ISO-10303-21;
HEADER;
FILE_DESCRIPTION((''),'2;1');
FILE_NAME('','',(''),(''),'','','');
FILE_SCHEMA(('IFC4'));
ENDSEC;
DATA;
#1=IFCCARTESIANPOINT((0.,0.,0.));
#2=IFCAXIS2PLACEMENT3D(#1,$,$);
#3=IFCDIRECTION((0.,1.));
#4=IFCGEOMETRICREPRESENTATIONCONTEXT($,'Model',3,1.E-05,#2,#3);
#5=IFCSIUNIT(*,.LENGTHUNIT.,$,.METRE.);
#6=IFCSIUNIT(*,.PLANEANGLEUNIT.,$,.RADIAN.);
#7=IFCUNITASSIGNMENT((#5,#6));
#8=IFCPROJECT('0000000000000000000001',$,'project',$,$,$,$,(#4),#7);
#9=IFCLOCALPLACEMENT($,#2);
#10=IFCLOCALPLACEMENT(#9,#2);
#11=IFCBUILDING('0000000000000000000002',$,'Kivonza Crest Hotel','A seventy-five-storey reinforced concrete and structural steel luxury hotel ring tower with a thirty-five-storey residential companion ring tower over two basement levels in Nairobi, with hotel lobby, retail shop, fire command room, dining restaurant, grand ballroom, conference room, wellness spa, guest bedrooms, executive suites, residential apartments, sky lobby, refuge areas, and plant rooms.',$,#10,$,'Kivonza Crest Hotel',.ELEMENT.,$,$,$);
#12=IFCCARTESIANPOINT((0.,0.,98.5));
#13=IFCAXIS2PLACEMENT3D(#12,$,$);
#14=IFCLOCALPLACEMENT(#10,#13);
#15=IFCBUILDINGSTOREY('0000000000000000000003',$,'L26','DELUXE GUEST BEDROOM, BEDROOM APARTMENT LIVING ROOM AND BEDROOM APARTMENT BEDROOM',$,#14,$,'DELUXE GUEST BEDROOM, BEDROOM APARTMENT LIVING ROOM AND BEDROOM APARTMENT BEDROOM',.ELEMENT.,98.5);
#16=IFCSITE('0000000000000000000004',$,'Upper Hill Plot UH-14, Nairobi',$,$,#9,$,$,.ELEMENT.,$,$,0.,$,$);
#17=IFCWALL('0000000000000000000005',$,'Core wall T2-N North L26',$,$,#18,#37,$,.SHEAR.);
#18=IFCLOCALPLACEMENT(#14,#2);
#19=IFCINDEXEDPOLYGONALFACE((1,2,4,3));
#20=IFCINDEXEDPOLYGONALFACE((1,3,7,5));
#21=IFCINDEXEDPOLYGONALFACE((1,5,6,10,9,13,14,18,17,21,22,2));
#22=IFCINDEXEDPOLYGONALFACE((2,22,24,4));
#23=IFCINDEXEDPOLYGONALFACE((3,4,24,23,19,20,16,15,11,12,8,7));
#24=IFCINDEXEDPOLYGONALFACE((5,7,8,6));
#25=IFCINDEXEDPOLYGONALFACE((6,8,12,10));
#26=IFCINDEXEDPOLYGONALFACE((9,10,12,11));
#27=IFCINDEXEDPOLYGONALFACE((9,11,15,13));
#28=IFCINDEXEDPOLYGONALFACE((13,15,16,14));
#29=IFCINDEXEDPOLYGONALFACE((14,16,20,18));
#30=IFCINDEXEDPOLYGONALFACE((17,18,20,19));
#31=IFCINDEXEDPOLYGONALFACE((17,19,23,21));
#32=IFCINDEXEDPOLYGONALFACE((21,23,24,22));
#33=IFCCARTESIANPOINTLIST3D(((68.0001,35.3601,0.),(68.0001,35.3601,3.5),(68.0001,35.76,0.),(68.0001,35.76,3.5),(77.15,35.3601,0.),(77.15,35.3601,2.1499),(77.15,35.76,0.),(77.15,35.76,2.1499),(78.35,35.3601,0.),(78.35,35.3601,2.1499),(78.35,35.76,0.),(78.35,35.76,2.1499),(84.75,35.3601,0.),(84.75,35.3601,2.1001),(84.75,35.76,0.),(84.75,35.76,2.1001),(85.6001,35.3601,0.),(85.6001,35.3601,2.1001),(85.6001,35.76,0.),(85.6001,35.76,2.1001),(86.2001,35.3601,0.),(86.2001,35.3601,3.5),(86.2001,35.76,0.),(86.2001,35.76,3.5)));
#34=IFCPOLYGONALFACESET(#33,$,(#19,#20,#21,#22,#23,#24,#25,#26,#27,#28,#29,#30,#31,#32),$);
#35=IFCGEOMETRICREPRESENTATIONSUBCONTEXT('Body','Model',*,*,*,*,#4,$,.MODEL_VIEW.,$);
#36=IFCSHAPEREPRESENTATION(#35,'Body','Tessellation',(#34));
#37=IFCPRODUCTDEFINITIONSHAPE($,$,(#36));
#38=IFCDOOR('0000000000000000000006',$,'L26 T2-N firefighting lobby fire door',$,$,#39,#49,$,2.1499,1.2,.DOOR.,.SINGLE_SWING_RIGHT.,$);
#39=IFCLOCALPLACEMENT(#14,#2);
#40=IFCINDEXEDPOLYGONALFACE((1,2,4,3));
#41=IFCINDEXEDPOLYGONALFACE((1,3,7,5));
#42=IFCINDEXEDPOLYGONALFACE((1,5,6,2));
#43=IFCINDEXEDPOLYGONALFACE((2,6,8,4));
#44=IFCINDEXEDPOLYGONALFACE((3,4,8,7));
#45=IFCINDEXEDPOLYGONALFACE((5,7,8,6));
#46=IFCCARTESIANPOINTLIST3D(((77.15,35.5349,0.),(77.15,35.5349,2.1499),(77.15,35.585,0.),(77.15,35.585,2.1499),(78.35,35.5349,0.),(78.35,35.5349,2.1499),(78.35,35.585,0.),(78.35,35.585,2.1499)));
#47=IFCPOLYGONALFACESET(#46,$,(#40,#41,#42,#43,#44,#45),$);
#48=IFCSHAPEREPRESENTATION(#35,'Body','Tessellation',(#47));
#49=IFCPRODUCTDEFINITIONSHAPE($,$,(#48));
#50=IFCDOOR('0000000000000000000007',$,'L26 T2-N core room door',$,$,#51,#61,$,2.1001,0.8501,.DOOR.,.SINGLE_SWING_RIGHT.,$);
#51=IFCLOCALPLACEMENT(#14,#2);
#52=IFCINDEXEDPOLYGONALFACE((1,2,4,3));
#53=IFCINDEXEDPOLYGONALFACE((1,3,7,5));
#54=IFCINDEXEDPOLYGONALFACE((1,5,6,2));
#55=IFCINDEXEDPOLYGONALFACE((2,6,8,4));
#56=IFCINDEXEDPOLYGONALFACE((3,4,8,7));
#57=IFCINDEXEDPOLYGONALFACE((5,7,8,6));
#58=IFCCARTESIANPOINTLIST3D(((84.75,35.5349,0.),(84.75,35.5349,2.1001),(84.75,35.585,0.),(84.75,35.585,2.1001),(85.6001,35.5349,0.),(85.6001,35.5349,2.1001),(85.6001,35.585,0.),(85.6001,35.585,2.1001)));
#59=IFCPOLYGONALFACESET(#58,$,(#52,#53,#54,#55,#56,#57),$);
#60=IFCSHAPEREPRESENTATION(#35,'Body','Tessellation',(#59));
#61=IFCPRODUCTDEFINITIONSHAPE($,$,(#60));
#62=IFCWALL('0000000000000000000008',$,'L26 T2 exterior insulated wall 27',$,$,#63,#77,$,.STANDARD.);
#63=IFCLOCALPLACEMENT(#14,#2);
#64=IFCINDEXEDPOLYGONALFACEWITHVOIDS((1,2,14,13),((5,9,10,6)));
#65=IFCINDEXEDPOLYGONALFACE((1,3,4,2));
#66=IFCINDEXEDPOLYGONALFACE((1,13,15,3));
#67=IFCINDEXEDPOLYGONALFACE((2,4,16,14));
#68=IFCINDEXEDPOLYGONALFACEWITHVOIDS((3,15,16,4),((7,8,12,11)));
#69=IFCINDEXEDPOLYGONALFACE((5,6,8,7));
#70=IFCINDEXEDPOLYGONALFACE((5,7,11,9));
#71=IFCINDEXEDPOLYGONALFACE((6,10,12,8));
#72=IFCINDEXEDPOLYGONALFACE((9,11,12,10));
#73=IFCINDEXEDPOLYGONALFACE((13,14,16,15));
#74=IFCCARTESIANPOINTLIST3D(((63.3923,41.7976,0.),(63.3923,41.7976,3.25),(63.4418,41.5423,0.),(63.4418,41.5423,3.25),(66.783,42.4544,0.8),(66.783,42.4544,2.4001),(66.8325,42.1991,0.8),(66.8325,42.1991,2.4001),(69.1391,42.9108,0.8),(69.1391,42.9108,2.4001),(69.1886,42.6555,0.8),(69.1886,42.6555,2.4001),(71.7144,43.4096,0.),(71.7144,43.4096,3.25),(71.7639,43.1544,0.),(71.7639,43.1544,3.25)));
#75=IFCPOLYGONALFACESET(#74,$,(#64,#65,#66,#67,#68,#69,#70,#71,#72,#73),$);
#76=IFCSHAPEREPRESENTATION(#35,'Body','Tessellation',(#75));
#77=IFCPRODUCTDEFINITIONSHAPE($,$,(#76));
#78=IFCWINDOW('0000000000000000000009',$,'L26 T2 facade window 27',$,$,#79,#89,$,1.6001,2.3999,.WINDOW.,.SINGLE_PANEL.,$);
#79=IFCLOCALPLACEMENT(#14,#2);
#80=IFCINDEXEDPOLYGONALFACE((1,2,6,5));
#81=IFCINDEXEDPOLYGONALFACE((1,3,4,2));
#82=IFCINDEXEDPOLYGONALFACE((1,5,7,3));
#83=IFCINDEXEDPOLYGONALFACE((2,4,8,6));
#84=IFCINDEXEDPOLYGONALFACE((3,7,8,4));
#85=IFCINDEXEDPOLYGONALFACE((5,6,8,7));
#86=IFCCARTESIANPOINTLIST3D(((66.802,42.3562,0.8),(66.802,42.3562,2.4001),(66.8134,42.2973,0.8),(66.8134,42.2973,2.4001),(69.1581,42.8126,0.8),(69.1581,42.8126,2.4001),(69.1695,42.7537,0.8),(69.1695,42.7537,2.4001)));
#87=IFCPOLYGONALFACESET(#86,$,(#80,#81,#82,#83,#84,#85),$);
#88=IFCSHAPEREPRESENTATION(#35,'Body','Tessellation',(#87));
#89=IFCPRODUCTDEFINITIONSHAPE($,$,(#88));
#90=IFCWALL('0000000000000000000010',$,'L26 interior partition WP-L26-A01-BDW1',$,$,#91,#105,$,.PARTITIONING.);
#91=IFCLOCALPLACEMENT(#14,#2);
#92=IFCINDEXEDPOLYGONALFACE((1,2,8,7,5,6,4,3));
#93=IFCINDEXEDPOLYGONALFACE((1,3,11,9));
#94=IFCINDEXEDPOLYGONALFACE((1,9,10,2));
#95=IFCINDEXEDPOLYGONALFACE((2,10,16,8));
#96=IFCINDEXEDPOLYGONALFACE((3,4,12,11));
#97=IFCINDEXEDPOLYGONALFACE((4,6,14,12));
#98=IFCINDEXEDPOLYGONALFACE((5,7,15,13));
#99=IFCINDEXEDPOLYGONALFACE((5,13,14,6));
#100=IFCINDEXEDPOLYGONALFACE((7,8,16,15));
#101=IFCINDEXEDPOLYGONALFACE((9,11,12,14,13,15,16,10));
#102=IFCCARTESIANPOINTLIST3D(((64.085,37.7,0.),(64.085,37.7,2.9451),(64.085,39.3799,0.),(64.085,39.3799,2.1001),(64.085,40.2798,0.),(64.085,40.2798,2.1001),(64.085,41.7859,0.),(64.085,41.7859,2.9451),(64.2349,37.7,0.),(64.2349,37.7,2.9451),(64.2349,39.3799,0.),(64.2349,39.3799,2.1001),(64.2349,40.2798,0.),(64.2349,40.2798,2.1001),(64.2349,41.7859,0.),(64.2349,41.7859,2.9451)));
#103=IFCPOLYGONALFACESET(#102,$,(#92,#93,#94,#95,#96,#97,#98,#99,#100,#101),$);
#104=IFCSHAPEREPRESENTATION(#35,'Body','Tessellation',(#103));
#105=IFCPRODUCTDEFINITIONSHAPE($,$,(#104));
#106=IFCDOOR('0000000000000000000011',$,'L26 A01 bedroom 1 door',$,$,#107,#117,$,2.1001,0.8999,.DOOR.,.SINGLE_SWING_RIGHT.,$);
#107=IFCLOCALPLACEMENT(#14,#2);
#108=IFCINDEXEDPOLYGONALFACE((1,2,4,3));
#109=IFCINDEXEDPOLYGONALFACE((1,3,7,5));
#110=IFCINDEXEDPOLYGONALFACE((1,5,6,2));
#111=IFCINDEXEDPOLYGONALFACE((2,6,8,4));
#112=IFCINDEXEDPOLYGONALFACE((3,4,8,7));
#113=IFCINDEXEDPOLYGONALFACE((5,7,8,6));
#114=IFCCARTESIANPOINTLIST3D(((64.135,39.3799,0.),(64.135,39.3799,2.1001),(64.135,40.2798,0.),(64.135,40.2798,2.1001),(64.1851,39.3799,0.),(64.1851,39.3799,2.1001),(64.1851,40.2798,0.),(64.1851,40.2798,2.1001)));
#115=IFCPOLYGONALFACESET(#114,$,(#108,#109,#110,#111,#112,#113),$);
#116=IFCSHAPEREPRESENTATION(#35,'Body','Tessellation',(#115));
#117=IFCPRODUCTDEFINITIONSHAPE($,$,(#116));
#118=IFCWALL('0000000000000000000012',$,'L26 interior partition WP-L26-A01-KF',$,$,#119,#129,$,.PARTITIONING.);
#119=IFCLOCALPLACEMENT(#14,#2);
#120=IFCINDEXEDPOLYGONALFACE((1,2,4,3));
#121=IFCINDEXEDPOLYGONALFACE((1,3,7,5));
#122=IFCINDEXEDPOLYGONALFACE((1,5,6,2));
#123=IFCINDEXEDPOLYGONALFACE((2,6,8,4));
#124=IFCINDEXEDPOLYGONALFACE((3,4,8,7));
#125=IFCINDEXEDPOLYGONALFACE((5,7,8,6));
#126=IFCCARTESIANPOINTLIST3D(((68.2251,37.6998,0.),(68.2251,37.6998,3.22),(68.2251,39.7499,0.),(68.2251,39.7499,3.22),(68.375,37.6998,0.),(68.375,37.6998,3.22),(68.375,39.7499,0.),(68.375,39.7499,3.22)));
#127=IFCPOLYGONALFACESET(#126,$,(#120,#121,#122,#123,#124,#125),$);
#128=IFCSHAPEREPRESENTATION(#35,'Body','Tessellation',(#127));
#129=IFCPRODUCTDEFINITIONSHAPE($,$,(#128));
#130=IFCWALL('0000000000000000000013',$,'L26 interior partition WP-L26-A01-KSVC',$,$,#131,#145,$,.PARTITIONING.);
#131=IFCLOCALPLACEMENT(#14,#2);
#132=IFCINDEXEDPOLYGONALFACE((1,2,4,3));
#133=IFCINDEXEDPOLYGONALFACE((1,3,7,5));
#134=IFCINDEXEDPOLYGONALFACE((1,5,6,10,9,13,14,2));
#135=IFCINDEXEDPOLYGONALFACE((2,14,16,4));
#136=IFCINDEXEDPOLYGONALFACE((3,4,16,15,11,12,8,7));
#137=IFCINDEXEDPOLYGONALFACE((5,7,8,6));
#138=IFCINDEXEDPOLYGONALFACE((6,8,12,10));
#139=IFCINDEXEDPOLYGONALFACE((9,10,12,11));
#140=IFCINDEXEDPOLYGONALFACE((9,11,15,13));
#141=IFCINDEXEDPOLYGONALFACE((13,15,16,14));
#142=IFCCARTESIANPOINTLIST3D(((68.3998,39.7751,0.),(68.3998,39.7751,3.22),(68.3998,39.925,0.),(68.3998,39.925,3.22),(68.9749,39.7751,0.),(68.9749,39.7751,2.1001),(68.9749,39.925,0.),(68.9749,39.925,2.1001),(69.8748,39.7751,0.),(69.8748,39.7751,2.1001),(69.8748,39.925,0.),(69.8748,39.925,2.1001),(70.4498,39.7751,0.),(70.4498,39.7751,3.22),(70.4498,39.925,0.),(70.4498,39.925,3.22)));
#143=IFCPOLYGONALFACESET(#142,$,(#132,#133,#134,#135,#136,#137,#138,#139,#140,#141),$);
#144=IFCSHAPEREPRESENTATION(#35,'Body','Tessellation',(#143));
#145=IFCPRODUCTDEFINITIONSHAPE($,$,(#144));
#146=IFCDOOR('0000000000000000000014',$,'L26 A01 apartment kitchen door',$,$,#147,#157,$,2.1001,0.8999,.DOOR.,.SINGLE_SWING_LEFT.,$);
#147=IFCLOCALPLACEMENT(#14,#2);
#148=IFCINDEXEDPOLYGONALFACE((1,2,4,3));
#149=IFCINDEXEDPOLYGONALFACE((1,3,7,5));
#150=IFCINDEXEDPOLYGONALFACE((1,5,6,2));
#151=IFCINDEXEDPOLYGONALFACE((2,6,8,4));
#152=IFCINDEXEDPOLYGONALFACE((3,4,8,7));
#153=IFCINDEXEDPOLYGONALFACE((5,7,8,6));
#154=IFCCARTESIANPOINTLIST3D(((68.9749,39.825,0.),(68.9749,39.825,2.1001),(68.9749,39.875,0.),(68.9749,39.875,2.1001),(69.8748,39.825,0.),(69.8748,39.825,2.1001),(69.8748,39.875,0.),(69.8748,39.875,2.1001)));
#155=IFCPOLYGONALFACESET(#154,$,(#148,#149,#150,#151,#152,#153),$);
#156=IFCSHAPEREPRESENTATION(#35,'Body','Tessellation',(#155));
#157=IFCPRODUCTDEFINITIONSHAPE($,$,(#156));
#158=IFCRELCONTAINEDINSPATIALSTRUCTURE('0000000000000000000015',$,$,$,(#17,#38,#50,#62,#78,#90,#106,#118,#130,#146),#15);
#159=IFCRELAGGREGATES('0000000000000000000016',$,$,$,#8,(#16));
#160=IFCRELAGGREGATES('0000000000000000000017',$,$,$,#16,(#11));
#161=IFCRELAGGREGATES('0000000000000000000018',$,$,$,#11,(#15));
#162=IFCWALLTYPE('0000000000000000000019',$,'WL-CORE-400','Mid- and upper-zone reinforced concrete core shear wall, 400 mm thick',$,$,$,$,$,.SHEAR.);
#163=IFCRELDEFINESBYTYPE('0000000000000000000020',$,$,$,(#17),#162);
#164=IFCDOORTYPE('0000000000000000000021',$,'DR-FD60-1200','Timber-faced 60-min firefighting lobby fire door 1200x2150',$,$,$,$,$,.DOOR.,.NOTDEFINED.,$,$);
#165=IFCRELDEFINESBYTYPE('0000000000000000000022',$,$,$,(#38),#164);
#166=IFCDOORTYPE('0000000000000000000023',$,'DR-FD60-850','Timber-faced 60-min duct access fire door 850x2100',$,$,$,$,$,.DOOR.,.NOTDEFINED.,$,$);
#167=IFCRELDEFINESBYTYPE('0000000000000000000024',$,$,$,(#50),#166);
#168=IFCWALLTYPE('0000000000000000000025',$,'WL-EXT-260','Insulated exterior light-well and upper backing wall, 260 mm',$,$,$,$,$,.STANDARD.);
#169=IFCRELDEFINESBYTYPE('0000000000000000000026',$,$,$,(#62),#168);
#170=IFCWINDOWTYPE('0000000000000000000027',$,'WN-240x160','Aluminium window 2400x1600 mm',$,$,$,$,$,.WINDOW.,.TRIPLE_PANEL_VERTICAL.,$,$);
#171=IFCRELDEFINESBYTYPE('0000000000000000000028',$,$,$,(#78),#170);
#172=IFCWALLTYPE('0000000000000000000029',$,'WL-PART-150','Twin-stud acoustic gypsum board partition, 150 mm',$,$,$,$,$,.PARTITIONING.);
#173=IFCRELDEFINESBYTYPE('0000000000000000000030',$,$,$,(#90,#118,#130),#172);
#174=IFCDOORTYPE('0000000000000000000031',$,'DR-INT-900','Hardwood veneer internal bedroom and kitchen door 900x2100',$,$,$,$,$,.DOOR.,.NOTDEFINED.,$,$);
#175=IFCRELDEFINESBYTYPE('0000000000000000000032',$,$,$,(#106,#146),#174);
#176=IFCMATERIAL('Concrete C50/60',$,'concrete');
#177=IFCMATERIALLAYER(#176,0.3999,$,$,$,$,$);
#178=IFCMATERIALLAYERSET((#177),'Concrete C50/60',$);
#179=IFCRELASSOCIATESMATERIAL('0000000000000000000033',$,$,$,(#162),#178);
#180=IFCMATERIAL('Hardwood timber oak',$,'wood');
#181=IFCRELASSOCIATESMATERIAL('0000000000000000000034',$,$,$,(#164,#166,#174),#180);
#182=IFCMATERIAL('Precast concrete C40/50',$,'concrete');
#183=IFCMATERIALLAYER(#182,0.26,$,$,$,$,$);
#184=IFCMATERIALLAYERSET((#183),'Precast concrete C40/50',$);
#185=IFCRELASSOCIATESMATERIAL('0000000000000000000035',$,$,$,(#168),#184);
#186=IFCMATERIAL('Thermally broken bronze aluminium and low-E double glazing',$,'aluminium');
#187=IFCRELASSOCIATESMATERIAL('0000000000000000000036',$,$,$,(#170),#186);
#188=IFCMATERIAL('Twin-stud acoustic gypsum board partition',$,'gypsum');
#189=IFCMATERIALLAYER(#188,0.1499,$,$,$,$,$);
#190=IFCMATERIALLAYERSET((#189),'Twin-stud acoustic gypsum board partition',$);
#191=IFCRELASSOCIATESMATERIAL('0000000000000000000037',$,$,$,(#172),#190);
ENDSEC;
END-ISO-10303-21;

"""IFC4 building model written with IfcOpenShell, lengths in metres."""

from ifc_helpers import new_model, si_unit, direction, frame, frame_2d, origin, place, context, subcontext, project, spatial, rectangle, extrude, material, layer, layer_set, type_object, element, fill, save


model = new_model("IFC4")

# Units and contexts
model_context = context("Model", 3, precision=1e-05, world=origin(), true_north=direction((0.0, 1.0)))
body_context = subcontext(model_context, "Body", "Model", "MODEL_VIEW")
ifc_project = project(units=[si_unit("LENGTHUNIT", "METRE"), si_unit("PLANEANGLEUNIT", "RADIAN")], contexts=[model_context])

# Site, building, storey
site_placement = place(None, origin())
site = spatial("IfcSite", under=ifc_project, at=site_placement, Name="Upper Hill Plot UH-14, Nairobi", CompositionType="ELEMENT", RefElevation=0.0)
building_placement = place(site_placement, origin())
building = spatial("IfcBuilding", under=site, at=building_placement, Name="Kivonza Crest Hotel", Description="A seventy-five-storey reinforced concrete and structural steel luxury hotel ring tower with a thirty-five-storey residential companion ring tower over two basement levels in Nairobi, with hotel lobby, retail shop, fire command room, dining restaurant, grand ballroom, conference room, wellness spa, guest bedrooms, executive suites, residential apartments, sky lobby, refuge areas, and plant rooms.", LongName="Kivonza Crest Hotel", CompositionType="ELEMENT")
storey_placement = place(building_placement, frame((0.0, 0.0, 98.5)))
storey = spatial("IfcBuildingStorey", under=building, at=storey_placement, Name="L26", Description="DELUXE GUEST BEDROOM, BEDROOM APARTMENT LIVING ROOM AND BEDROOM APARTMENT BEDROOM", LongName="DELUXE GUEST BEDROOM, BEDROOM APARTMENT LIVING ROOM AND BEDROOM APARTMENT BEDROOM", CompositionType="ELEMENT", Elevation=98.5)

# Shared definitions
ifc_material_1 = material(Name="Concrete C50/60", Category="concrete")

# Shared definitions
ifc_material_2 = material(Name="Hardwood timber oak", Category="wood")

# Wall, openings, doors
ifc_layer_1 = layer(ifc_material_1, 0.3999)
ifc_layer_set_1 = layer_set([ifc_layer_1], Name="Concrete C50/60")
wall_type_1 = type_object("IfcWallType", Name="WL-CORE-400", Description="Mid- and upper-zone reinforced concrete core shear wall, 400 mm thick", PredefinedType="SHEAR", material=ifc_layer_set_1)
wall_1_placement = place(storey_placement, frame((68.0, 35.5601, 0.0), z_axis=(0.0, 0.0, 1.0), x_axis=(1.0, 0.0, 0.0)))
wall_1 = element("IfcWall", 1, at=wall_1_placement, inside=storey, type_object=wall_type_1, Name="Core wall T2-N North L26", PredefinedType="SHEAR", context=body_context, shape_type="SweptSolid", body=[
    extrude(rectangle(XDim=18.2, YDim=0.3999, at=frame_2d((9.1001, 0.0))), origin(), (0.0, 0.0, 1.0), 3.5),
])
opening_1_placement = place(wall_1_placement, frame((9.1499, 0.0, 0.0)))
opening_1 = element("IfcOpeningElement", 2, at=opening_1_placement, cuts=wall_1, PredefinedType="OPENING", context=body_context, shape_type="SweptSolid", body=[
    extrude(rectangle(XDim=1.2, YDim=2.1499, at=frame_2d((0.6001, 1.075))), frame((0.0, 0.21, 0.0), z_axis=(0.0, -1.0, 0.0), x_axis=(1.0, 0.0, 0.0)), (0.0, 0.0, 1.0), 0.4199),
])
opening_2_placement = place(wall_1_placement, frame((16.75, 0.0, 0.0)))
opening_2 = element("IfcOpeningElement", 3, at=opening_2_placement, cuts=wall_1, PredefinedType="OPENING", context=body_context, shape_type="SweptSolid", body=[
    extrude(rectangle(XDim=0.8501, YDim=2.1001, at=frame_2d((0.425, 1.05))), frame((0.0, 0.21, 0.0), z_axis=(0.0, -1.0, 0.0), x_axis=(1.0, 0.0, 0.0)), (0.0, 0.0, 1.0), 0.4199),
])
door_type_1 = type_object("IfcDoorType", Name="DR-FD60-1200", Description="Timber-faced 60-min firefighting lobby fire door 1200x2150", OperationType="NOTDEFINED", PredefinedType="DOOR", material=ifc_material_2)
door_1_placement = place(opening_1_placement, origin())
door_1 = element("IfcDoor", 4, at=door_1_placement, inside=storey, type_object=door_type_1, Name="L26 T2-N firefighting lobby fire door", OperationType="SINGLE_SWING_RIGHT", OverallHeight=2.1499, OverallWidth=1.2, PredefinedType="DOOR", context=body_context, shape_type="SweptSolid", body=[
    extrude(rectangle(XDim=1.2, YDim=2.1499, at=frame_2d((0.6001, 1.075))), frame((0.0, 0.0249, 0.0), z_axis=(0.0, -1.0, 0.0), x_axis=(1.0, 0.0, 0.0)), (0.0, 0.0, 1.0), 0.05),
])
fill(opening_1, door_1)
door_type_2 = type_object("IfcDoorType", Name="DR-FD60-850", Description="Timber-faced 60-min duct access fire door 850x2100", OperationType="NOTDEFINED", PredefinedType="DOOR", material=ifc_material_2)
door_2_placement = place(opening_2_placement, origin())
door_2 = element("IfcDoor", 5, at=door_2_placement, inside=storey, type_object=door_type_2, Name="L26 T2-N core room door", OperationType="SINGLE_SWING_RIGHT", OverallHeight=2.1001, OverallWidth=0.8501, PredefinedType="DOOR", context=body_context, shape_type="SweptSolid", body=[
    extrude(rectangle(XDim=0.8501, YDim=2.1001, at=frame_2d((0.425, 1.05))), frame((0.0, 0.0249, 0.0), z_axis=(0.0, -1.0, 0.0), x_axis=(1.0, 0.0, 0.0)), (0.0, 0.0, 1.0), 0.05),
])
fill(opening_2, door_2)

# Wall, opening, window
ifc_material_3 = material(Name="Precast concrete C40/50", Category="concrete")
ifc_layer_2 = layer(ifc_material_3, 0.26)
ifc_layer_set_2 = layer_set([ifc_layer_2], Name="Precast concrete C40/50")
wall_type_2 = type_object("IfcWallType", Name="WL-EXT-260", Description="Insulated exterior light-well and upper backing wall, 260 mm", PredefinedType="STANDARD", material=ifc_layer_set_2)
wall_2_placement = place(storey_placement, frame((71.739, 43.282, 0.0), z_axis=(0.0, 0.0, 1.0), x_axis=(-0.98175, -0.190175, 0.0)))
wall_2 = element("IfcWall", 6, at=wall_2_placement, inside=storey, type_object=wall_type_2, Name="L26 T2 exterior insulated wall 27", PredefinedType="STANDARD", context=body_context, shape_type="SweptSolid", body=[
    extrude(rectangle(XDim=8.4768, YDim=0.26, at=frame_2d((4.2383, 0.0))), origin(), (0.0, 0.0, 1.0), 3.25),
])
opening_3_placement = place(wall_2_placement, frame((2.623, 0.0, 0.8)))
opening_3 = element("IfcOpeningElement", 7, at=opening_3_placement, cuts=wall_2, PredefinedType="OPENING", context=body_context, shape_type="SweptSolid", body=[
    extrude(rectangle(XDim=2.3999, YDim=1.6001, at=frame_2d((1.2, 0.8))), frame((0.0, 0.1401, 0.0), z_axis=(0.0, -1.0, 0.0), x_axis=(1.0, 0.0, 0.0)), (0.0, 0.0, 1.0), 0.28),
])
ifc_material_4 = material(Name="Thermally broken bronze aluminium and low-E double glazing", Category="aluminium")
window_type = type_object("IfcWindowType", Name="WN-240x160", Description="Aluminium window 2400x1600 mm", PartitioningType="TRIPLE_PANEL_VERTICAL", PredefinedType="WINDOW", material=ifc_material_4)
window_placement = place(opening_3_placement, origin())
window = element("IfcWindow", 8, at=window_placement, inside=storey, type_object=window_type, Name="L26 T2 facade window 27", OverallHeight=1.6001, OverallWidth=2.3999, PartitioningType="SINGLE_PANEL", PredefinedType="WINDOW", context=body_context, shape_type="SweptSolid", body=[
    extrude(rectangle(XDim=2.3999, YDim=1.6001, at=frame_2d((1.2, 0.8))), frame((0.0, 0.03, 0.0), z_axis=(0.0, -1.0, 0.0), x_axis=(1.0, 0.0, 0.0)), (0.0, 0.0, 1.0), 0.0601),
])
fill(opening_3, window)

# Wall, opening, door
ifc_material_5 = material(Name="Twin-stud acoustic gypsum board partition", Category="gypsum")
ifc_layer_3 = layer(ifc_material_5, 0.1499)
ifc_layer_set_3 = layer_set([ifc_layer_3], Name="Twin-stud acoustic gypsum board partition")
wall_type_3 = type_object("IfcWallType", Name="WL-PART-150", Description="Twin-stud acoustic gypsum board partition, 150 mm", PredefinedType="PARTITIONING", material=ifc_layer_set_3)
wall_3_placement = place(storey_placement, frame((64.1599, 37.7, 0.0), z_axis=(0.0, 0.0, 1.0), x_axis=(0.0, 1.0, 0.0)))
wall_3 = element("IfcWall", 9, at=wall_3_placement, inside=storey, type_object=wall_type_3, Name="L26 interior partition WP-L26-A01-BDW1", PredefinedType="PARTITIONING", context=body_context, shape_type="SweptSolid", body=[
    extrude(rectangle(XDim=4.0859, YDim=0.1499, at=frame_2d((2.043, 0.0))), origin(), (0.0, 0.0, 1.0), 2.9451),
])
opening_4_placement = place(wall_3_placement, frame((1.6799, 0.0, 0.0)))
opening_4 = element("IfcOpeningElement", 10, at=opening_4_placement, cuts=wall_3, PredefinedType="OPENING", context=body_context, shape_type="SweptSolid", body=[
    extrude(rectangle(XDim=0.8999, YDim=2.1001, at=frame_2d((0.45, 1.05))), frame((0.0, 0.085, 0.0), z_axis=(0.0, -1.0, 0.0), x_axis=(1.0, 0.0, 0.0)), (0.0, 0.0, 1.0), 0.1699),
])
door_type_3 = type_object("IfcDoorType", Name="DR-INT-900", Description="Hardwood veneer internal bedroom and kitchen door 900x2100", OperationType="NOTDEFINED", PredefinedType="DOOR", material=ifc_material_2)
door_3_placement = place(opening_4_placement, origin())
door_3 = element("IfcDoor", 11, at=door_3_placement, inside=storey, type_object=door_type_3, Name="L26 A01 bedroom 1 door", OperationType="SINGLE_SWING_RIGHT", OverallHeight=2.1001, OverallWidth=0.8999, PredefinedType="DOOR", context=body_context, shape_type="SweptSolid", body=[
    extrude(rectangle(XDim=0.8999, YDim=2.1001, at=frame_2d((0.45, 1.05))), frame((0.0, 0.0249, 0.0), z_axis=(0.0, -1.0, 0.0), x_axis=(1.0, 0.0, 0.0)), (0.0, 0.0, 1.0), 0.05),
])
fill(opening_4, door_3)

# Wall
wall_4_placement = place(storey_placement, frame((68.3, 37.7, 0.0), z_axis=(0.0, 0.0, 1.0), x_axis=(0.0, 1.0, 0.0)))
element("IfcWall", 12, at=wall_4_placement, inside=storey, type_object=wall_type_3, Name="L26 interior partition WP-L26-A01-KF", PredefinedType="PARTITIONING", context=body_context, shape_type="SweptSolid", body=[
    extrude(rectangle(XDim=2.05, YDim=0.1499, at=frame_2d((1.0249, 0.0))), origin(), (0.0, 0.0, 1.0), 3.22),
])

# Wall, opening, door
wall_5_placement = place(storey_placement, frame((68.3999, 39.8501, 0.0), z_axis=(0.0, 0.0, 1.0), x_axis=(1.0, 0.0, 0.0)))
wall_5 = element("IfcWall", 13, at=wall_5_placement, inside=storey, type_object=wall_type_3, Name="L26 interior partition WP-L26-A01-KSVC", PredefinedType="PARTITIONING", context=body_context, shape_type="SweptSolid", body=[
    extrude(rectangle(XDim=2.05, YDim=0.1499, at=frame_2d((1.0249, 0.0))), origin(), (0.0, 0.0, 1.0), 3.22),
])
opening_5_placement = place(wall_5_placement, frame((0.575, 0.0, 0.0)))
opening_5 = element("IfcOpeningElement", 14, at=opening_5_placement, cuts=wall_5, PredefinedType="OPENING", context=body_context, shape_type="SweptSolid", body=[
    extrude(rectangle(XDim=0.8999, YDim=2.1001, at=frame_2d((0.45, 1.05))), frame((0.0, 0.085, 0.0), z_axis=(0.0, -1.0, 0.0), x_axis=(1.0, 0.0, 0.0)), (0.0, 0.0, 1.0), 0.1699),
])
door_4_placement = place(opening_5_placement, origin())
door_4 = element("IfcDoor", 15, at=door_4_placement, inside=storey, type_object=door_type_3, Name="L26 A01 apartment kitchen door", OperationType="SINGLE_SWING_LEFT", OverallHeight=2.1001, OverallWidth=0.8999, PredefinedType="DOOR", context=body_context, shape_type="SweptSolid", body=[
    extrude(rectangle(XDim=0.8999, YDim=2.1001, at=frame_2d((0.45, 1.05))), frame((0.0, 0.0249, 0.0), z_axis=(0.0, -1.0, 0.0), x_axis=(1.0, 0.0, 0.0)), (0.0, 0.0, 1.0), 0.05),
])
fill(opening_5, door_4)

save(model, "model.ifc")
